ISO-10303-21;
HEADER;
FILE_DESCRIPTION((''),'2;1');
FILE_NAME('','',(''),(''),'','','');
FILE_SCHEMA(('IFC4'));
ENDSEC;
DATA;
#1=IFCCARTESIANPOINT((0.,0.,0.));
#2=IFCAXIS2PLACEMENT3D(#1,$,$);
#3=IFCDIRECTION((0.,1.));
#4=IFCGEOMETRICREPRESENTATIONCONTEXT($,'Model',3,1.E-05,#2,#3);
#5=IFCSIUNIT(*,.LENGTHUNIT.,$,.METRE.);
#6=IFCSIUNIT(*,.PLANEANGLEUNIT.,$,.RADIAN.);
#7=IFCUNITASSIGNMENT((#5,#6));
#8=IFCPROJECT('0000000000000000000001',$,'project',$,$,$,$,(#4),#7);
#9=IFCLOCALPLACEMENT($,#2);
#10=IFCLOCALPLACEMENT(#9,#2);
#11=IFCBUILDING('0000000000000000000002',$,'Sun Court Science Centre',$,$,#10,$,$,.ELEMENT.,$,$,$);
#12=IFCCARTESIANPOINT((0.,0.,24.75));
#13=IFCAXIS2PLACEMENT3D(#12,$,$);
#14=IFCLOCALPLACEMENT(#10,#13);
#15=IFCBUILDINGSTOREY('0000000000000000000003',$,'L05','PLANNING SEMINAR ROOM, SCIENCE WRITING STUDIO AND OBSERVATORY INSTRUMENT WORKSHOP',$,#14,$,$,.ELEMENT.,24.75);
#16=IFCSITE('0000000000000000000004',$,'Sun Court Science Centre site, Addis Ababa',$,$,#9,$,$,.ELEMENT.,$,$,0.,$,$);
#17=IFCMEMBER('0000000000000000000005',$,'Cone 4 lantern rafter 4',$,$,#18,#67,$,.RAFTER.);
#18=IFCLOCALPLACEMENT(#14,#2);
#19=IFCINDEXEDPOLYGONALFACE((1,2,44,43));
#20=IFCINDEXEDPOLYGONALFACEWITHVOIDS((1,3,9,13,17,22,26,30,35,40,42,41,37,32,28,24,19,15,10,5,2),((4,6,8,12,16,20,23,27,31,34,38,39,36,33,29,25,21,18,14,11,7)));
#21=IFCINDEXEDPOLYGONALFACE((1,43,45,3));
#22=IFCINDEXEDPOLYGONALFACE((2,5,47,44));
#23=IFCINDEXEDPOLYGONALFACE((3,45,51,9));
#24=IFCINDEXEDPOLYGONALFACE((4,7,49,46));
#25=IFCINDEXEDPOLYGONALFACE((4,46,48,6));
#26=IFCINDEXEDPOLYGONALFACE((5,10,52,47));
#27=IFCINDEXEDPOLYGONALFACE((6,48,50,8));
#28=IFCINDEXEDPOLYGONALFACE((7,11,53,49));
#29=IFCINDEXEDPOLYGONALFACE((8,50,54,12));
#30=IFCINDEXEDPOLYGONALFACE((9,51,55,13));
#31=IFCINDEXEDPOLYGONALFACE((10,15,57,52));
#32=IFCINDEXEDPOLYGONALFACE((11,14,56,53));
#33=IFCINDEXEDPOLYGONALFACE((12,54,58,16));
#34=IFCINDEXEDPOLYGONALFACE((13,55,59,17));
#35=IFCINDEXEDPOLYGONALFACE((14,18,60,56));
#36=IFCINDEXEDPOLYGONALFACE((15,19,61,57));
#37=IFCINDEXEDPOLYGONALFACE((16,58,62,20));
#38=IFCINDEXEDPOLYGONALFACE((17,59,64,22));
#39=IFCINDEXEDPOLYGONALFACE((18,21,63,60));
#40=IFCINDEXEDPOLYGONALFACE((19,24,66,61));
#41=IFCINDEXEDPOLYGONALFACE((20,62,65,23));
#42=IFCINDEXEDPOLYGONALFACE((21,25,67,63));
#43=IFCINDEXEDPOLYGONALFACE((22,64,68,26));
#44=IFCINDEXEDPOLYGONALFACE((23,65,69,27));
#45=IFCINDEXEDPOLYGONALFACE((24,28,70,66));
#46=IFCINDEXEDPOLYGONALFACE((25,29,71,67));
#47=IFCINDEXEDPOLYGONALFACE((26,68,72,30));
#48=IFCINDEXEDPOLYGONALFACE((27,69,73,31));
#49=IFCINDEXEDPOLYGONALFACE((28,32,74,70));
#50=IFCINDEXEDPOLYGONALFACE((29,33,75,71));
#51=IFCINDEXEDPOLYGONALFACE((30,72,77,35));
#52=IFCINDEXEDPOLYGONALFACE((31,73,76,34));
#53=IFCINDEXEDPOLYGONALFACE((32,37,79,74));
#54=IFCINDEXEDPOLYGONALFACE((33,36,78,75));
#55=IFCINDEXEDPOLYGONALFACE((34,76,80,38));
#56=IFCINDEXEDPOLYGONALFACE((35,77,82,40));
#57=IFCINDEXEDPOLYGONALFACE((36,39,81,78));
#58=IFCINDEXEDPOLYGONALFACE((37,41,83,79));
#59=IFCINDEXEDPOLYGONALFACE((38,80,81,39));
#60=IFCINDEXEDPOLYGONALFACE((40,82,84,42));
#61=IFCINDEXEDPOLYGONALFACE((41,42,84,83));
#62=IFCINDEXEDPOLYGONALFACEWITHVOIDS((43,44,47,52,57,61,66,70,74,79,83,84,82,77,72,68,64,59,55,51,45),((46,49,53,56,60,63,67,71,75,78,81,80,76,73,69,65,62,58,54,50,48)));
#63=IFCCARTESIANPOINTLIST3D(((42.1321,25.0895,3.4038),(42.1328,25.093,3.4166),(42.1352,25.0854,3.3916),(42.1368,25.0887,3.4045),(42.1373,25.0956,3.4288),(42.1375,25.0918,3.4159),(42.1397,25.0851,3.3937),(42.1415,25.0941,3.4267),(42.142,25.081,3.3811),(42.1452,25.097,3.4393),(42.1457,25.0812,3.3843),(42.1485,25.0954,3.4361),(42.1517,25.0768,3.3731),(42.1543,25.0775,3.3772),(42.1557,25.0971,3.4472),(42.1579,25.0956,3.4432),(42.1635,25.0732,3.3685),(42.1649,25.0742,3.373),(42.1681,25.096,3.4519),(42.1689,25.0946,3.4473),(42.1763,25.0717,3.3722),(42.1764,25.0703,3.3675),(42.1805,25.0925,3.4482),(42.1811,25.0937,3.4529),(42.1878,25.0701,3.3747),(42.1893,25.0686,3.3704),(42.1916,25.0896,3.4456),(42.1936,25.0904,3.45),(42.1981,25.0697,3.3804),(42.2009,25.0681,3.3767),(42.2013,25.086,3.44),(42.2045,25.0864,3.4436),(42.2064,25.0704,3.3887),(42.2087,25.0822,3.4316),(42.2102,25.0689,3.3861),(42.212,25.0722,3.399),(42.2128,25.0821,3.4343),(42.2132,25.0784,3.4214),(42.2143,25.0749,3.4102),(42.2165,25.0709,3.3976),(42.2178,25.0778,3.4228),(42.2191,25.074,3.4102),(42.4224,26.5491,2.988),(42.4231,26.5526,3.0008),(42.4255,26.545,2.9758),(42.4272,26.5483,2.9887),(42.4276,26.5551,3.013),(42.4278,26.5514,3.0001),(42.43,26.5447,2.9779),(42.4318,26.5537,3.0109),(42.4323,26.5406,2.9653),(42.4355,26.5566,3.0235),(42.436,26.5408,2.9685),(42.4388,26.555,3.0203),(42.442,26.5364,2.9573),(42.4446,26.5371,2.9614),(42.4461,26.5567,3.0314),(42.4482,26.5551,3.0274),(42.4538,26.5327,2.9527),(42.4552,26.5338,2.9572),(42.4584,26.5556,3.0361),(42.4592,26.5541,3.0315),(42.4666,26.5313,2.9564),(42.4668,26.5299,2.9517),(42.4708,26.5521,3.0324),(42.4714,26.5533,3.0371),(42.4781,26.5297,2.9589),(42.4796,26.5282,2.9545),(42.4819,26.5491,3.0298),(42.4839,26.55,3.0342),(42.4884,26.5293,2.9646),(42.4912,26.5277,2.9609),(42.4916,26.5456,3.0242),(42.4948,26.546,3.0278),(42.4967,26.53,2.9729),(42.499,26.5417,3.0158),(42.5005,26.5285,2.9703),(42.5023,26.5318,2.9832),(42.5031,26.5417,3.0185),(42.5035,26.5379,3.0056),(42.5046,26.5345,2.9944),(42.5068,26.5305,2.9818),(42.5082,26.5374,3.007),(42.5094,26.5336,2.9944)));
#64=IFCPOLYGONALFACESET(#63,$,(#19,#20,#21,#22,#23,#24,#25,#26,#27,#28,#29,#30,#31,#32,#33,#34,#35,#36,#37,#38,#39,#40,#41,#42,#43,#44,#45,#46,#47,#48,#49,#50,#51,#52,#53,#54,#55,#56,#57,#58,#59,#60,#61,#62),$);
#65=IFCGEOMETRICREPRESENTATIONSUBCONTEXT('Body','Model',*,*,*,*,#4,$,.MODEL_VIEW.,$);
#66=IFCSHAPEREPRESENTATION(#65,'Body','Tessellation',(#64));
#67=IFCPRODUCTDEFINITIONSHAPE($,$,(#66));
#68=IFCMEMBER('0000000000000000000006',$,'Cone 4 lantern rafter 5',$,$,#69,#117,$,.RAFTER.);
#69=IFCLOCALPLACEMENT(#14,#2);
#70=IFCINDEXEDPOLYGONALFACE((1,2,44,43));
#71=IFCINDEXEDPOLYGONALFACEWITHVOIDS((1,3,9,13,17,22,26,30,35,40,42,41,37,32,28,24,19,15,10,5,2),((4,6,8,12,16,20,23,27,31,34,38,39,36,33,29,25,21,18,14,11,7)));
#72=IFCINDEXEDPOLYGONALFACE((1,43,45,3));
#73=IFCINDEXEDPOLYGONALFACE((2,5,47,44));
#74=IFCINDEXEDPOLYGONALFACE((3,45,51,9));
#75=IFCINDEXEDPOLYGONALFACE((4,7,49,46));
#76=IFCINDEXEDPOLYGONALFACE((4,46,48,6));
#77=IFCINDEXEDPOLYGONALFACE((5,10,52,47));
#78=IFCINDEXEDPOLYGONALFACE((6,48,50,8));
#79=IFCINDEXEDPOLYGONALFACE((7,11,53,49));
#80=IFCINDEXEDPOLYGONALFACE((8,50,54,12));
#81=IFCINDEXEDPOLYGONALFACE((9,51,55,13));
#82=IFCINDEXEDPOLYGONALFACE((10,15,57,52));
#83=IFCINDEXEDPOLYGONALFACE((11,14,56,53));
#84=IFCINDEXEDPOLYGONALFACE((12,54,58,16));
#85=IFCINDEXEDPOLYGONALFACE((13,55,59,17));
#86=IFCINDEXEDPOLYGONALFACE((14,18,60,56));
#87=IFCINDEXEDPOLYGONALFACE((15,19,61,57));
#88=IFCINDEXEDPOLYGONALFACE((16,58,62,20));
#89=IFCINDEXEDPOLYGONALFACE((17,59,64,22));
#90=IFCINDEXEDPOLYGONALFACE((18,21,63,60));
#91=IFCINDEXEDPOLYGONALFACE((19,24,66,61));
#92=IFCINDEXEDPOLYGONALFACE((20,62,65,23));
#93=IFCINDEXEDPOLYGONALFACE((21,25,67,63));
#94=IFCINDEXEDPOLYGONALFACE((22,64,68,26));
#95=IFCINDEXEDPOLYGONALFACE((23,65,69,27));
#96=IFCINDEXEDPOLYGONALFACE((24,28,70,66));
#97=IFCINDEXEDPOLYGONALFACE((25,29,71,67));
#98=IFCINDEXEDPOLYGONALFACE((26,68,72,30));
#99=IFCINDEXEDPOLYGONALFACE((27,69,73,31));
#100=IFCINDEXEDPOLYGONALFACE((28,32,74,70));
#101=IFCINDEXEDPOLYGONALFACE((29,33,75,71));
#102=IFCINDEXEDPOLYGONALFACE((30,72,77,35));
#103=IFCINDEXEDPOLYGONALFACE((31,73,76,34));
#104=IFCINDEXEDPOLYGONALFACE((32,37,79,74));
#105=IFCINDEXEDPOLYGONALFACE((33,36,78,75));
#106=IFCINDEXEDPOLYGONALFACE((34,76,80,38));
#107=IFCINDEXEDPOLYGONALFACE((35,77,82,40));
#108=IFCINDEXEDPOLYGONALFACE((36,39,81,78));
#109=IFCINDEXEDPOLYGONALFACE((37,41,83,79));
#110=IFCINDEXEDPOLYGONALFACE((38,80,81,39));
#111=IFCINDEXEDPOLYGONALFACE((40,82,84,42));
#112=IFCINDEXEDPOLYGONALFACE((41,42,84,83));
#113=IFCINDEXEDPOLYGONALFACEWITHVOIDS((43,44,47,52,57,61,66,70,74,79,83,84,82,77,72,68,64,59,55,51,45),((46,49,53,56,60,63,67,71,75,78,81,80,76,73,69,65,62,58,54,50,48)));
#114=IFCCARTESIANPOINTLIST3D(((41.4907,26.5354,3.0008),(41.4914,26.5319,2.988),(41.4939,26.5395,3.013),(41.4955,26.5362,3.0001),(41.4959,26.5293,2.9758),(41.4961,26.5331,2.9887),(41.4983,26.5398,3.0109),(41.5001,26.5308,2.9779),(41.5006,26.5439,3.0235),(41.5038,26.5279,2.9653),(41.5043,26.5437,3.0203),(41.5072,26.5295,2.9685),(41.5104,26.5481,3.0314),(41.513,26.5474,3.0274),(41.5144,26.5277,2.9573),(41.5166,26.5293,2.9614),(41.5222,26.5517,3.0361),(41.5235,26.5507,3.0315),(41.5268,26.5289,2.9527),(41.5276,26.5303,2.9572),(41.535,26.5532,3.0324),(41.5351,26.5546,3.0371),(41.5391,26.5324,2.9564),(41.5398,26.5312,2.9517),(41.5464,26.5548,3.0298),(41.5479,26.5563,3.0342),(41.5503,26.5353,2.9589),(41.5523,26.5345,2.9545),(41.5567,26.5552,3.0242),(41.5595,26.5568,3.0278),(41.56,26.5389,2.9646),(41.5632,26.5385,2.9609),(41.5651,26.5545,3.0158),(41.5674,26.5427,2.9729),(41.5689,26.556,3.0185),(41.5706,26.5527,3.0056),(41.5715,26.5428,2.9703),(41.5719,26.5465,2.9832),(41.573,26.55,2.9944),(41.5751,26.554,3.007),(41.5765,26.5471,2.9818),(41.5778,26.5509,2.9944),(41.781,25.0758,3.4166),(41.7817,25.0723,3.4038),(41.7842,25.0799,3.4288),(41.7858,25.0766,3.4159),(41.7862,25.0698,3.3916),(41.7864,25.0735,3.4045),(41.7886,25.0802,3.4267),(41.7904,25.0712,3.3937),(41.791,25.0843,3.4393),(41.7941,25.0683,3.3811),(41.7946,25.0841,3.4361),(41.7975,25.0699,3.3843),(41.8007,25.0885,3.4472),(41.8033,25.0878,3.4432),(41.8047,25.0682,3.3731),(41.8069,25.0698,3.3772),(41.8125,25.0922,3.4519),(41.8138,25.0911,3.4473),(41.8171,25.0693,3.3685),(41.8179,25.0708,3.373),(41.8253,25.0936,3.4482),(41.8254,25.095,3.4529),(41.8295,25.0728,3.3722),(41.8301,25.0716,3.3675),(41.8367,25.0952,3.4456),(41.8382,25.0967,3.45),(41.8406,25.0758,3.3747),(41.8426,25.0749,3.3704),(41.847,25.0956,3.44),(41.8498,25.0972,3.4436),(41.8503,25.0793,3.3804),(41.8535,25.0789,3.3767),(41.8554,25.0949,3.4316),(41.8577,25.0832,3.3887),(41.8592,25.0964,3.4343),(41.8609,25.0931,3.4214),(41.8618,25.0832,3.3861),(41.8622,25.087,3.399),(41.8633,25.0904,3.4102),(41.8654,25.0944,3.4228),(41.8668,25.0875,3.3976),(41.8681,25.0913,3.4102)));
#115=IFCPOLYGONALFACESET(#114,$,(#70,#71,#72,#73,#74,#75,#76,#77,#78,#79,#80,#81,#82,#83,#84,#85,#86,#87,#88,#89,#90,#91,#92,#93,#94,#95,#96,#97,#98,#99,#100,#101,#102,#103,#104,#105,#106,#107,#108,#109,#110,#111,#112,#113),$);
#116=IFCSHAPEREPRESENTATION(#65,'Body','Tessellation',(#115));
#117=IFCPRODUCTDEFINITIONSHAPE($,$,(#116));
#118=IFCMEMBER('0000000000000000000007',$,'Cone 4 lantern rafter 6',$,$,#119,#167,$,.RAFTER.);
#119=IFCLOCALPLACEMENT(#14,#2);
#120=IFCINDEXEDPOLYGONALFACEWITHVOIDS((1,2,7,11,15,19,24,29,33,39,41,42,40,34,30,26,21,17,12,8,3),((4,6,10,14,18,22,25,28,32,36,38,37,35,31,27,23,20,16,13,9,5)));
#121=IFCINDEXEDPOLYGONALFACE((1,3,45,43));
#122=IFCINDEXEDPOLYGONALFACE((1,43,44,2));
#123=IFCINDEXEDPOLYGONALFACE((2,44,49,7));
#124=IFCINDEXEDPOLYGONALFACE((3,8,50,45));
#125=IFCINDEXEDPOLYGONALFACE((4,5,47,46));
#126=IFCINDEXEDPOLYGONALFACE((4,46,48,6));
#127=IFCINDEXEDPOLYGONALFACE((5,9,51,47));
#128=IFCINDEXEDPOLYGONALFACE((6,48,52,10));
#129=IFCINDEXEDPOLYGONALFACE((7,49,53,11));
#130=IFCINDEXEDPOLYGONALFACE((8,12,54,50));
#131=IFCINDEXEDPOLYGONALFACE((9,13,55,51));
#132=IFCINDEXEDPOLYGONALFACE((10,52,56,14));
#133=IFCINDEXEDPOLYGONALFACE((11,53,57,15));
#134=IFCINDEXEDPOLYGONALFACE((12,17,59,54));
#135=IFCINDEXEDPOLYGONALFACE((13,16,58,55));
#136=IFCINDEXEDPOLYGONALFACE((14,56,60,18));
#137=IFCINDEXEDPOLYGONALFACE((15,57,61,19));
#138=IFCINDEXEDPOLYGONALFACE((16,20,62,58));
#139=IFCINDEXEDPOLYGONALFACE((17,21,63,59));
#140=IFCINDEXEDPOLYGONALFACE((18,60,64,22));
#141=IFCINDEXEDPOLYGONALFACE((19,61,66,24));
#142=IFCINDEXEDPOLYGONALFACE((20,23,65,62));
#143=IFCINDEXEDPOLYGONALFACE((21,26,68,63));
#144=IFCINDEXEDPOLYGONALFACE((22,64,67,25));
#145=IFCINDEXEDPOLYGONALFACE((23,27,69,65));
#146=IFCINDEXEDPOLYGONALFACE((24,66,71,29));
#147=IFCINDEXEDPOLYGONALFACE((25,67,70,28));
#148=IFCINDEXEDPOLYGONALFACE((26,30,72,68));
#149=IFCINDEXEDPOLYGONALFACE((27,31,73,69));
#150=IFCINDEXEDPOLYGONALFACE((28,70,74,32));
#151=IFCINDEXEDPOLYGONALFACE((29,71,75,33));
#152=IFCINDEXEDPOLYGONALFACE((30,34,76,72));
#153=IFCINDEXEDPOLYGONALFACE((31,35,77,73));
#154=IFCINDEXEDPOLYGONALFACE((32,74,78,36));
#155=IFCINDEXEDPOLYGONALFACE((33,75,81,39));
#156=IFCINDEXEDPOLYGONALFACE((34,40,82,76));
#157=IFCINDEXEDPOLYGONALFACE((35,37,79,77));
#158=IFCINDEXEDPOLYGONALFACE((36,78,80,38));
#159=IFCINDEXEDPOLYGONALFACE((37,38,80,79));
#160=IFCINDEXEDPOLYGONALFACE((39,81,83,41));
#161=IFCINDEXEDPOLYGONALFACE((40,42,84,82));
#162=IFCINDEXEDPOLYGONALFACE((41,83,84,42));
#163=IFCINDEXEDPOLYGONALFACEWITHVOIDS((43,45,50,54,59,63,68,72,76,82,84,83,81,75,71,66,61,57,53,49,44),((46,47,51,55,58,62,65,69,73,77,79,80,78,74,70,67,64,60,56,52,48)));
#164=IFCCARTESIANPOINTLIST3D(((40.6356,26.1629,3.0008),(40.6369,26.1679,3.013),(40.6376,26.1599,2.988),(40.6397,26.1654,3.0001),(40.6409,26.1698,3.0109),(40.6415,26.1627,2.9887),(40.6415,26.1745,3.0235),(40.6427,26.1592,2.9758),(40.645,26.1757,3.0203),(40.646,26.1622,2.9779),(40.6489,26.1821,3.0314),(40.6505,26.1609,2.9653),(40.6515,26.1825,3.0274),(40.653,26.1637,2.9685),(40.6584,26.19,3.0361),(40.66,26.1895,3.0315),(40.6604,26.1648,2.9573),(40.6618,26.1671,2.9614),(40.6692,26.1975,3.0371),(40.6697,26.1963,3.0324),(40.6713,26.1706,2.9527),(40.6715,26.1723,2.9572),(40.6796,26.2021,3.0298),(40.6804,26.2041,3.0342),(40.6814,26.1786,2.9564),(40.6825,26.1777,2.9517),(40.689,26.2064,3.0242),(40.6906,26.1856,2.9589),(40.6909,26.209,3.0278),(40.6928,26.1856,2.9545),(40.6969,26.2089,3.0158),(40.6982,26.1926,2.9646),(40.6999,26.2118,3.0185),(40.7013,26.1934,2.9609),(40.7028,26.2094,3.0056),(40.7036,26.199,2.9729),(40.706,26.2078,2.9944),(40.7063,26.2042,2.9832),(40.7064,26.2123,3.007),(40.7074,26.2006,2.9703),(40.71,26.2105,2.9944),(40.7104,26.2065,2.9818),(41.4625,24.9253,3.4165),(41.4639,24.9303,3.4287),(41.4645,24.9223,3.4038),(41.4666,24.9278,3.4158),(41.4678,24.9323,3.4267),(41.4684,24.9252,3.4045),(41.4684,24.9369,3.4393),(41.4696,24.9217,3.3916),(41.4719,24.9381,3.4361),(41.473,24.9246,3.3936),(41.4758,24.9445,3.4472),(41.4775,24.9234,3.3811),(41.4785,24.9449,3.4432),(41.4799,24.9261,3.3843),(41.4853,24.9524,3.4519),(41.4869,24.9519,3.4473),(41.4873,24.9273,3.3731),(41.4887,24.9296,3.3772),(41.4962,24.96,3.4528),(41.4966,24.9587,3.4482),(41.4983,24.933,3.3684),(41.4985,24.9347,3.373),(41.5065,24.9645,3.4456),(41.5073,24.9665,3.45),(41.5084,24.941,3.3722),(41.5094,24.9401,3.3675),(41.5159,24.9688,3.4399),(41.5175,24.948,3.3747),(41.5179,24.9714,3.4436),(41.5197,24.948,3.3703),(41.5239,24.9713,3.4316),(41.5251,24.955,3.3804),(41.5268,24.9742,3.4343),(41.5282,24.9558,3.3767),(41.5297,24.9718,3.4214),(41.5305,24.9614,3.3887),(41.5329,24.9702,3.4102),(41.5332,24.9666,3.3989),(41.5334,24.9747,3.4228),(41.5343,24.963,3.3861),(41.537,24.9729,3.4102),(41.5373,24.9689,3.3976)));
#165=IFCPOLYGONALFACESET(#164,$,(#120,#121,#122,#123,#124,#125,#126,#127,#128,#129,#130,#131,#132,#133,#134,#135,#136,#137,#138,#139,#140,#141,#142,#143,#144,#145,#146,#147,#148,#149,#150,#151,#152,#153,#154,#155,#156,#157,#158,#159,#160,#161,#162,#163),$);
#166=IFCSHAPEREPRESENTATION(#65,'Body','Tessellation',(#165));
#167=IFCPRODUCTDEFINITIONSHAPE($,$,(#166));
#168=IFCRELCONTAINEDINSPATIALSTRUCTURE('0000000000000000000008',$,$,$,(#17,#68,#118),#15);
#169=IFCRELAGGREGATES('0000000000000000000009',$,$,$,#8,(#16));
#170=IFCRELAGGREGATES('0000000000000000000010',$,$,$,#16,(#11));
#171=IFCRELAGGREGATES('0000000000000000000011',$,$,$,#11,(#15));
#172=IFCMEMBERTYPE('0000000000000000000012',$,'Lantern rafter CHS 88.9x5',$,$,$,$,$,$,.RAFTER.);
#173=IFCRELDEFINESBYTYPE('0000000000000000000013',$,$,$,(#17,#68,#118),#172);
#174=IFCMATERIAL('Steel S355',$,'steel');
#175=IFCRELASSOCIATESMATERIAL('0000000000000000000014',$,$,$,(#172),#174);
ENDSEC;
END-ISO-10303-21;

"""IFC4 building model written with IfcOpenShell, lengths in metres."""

from ifc_helpers import new_model, si_unit, direction, frame, origin, origin_2d, place, context, subcontext, project, spatial, hollow_circle, extrude, material, material_profile, profile_set, type_object, element, save


model = new_model("IFC4")

# Units and contexts
model_context = context("Model", 3, precision=1e-05, world=origin(), true_north=direction((0.0, 1.0)))
body_context = subcontext(model_context, "Body", "Model", "MODEL_VIEW")
ifc_project = project(units=[si_unit("LENGTHUNIT", "METRE"), si_unit("PLANEANGLEUNIT", "RADIAN")], contexts=[model_context])

# Site, building, storey
site_placement = place(None, origin())
site = spatial("IfcSite", under=ifc_project, at=site_placement, Name="Sun Court Science Centre site, Addis Ababa", CompositionType="ELEMENT", RefElevation=0.0)
building_placement = place(site_placement, origin())
building = spatial("IfcBuilding", under=site, at=building_placement, Name="Sun Court Science Centre", CompositionType="ELEMENT")
storey_placement = place(building_placement, frame((0.0, 0.0, 24.75)))
storey = spatial("IfcBuildingStorey", under=building, at=storey_placement, Name="L05", Description="PLANNING SEMINAR ROOM, SCIENCE WRITING STUDIO AND OBSERVATORY INSTRUMENT WORKSHOP", CompositionType="ELEMENT", Elevation=24.75)

# Members
ifc_material_1 = material(Name="Steel S355", Category="steel")
ifc_material_profile_1 = material_profile(ifc_material_1, hollow_circle(Radius=0.0444, WallThickness=0.0049, at=origin_2d()), Name="CHS 88.9x5")
ifc_profile_set_1 = profile_set([ifc_material_profile_1], Name="Steel S355")
member_type_1 = type_object("IfcMemberType", Name="Lantern rafter CHS 88.9x5", PredefinedType="RAFTER", material=ifc_profile_set_1)
for number, where, z_axis, x_axis, name in (
    (1, (42.4658, 26.5422, 2.9944), (-0.187879, -0.94461, 0.269098), (0.980788, -0.195075, 0.0), "Cone 4 lantern rafter 4"),
    (2, (41.5342, 26.5422, 2.9944), (0.187879, -0.94461, 0.269098), (0.980788, 0.195075, 0.0), "Cone 4 lantern rafter 5"),
):
    element("IfcMember", number, at=place(storey_placement, frame(where, z_axis=z_axis, x_axis=x_axis)), inside=storey, type_object=member_type_1, Name=name, PredefinedType="RAFTER", context=body_context, shape_type="SweptSolid", body=[
        extrude(hollow_circle(Radius=0.0444, WallThickness=0.0049, at=origin_2d()), origin(), (0.0, 0.0, 1.0), 1.5452),
    ])
for number, where, z_axis, x_axis, name in (
    (3, (40.6731, 26.1858, 2.9944), (0.535086, -0.800811, 0.269044), (0.831469, 0.555571, 0.0), "Cone 4 lantern rafter 6"),
):
    element("IfcMember", number, at=place(storey_placement, frame(where, z_axis=z_axis, x_axis=x_axis)), inside=storey, type_object=member_type_1, Name=name, PredefinedType="RAFTER", context=body_context, shape_type="SweptSolid", body=[
        extrude(hollow_circle(Radius=0.0444, WallThickness=0.0049, at=origin_2d()), origin(), (0.0, 0.0, 1.0), 1.5454),
    ])

save(model, "model.ifc")
